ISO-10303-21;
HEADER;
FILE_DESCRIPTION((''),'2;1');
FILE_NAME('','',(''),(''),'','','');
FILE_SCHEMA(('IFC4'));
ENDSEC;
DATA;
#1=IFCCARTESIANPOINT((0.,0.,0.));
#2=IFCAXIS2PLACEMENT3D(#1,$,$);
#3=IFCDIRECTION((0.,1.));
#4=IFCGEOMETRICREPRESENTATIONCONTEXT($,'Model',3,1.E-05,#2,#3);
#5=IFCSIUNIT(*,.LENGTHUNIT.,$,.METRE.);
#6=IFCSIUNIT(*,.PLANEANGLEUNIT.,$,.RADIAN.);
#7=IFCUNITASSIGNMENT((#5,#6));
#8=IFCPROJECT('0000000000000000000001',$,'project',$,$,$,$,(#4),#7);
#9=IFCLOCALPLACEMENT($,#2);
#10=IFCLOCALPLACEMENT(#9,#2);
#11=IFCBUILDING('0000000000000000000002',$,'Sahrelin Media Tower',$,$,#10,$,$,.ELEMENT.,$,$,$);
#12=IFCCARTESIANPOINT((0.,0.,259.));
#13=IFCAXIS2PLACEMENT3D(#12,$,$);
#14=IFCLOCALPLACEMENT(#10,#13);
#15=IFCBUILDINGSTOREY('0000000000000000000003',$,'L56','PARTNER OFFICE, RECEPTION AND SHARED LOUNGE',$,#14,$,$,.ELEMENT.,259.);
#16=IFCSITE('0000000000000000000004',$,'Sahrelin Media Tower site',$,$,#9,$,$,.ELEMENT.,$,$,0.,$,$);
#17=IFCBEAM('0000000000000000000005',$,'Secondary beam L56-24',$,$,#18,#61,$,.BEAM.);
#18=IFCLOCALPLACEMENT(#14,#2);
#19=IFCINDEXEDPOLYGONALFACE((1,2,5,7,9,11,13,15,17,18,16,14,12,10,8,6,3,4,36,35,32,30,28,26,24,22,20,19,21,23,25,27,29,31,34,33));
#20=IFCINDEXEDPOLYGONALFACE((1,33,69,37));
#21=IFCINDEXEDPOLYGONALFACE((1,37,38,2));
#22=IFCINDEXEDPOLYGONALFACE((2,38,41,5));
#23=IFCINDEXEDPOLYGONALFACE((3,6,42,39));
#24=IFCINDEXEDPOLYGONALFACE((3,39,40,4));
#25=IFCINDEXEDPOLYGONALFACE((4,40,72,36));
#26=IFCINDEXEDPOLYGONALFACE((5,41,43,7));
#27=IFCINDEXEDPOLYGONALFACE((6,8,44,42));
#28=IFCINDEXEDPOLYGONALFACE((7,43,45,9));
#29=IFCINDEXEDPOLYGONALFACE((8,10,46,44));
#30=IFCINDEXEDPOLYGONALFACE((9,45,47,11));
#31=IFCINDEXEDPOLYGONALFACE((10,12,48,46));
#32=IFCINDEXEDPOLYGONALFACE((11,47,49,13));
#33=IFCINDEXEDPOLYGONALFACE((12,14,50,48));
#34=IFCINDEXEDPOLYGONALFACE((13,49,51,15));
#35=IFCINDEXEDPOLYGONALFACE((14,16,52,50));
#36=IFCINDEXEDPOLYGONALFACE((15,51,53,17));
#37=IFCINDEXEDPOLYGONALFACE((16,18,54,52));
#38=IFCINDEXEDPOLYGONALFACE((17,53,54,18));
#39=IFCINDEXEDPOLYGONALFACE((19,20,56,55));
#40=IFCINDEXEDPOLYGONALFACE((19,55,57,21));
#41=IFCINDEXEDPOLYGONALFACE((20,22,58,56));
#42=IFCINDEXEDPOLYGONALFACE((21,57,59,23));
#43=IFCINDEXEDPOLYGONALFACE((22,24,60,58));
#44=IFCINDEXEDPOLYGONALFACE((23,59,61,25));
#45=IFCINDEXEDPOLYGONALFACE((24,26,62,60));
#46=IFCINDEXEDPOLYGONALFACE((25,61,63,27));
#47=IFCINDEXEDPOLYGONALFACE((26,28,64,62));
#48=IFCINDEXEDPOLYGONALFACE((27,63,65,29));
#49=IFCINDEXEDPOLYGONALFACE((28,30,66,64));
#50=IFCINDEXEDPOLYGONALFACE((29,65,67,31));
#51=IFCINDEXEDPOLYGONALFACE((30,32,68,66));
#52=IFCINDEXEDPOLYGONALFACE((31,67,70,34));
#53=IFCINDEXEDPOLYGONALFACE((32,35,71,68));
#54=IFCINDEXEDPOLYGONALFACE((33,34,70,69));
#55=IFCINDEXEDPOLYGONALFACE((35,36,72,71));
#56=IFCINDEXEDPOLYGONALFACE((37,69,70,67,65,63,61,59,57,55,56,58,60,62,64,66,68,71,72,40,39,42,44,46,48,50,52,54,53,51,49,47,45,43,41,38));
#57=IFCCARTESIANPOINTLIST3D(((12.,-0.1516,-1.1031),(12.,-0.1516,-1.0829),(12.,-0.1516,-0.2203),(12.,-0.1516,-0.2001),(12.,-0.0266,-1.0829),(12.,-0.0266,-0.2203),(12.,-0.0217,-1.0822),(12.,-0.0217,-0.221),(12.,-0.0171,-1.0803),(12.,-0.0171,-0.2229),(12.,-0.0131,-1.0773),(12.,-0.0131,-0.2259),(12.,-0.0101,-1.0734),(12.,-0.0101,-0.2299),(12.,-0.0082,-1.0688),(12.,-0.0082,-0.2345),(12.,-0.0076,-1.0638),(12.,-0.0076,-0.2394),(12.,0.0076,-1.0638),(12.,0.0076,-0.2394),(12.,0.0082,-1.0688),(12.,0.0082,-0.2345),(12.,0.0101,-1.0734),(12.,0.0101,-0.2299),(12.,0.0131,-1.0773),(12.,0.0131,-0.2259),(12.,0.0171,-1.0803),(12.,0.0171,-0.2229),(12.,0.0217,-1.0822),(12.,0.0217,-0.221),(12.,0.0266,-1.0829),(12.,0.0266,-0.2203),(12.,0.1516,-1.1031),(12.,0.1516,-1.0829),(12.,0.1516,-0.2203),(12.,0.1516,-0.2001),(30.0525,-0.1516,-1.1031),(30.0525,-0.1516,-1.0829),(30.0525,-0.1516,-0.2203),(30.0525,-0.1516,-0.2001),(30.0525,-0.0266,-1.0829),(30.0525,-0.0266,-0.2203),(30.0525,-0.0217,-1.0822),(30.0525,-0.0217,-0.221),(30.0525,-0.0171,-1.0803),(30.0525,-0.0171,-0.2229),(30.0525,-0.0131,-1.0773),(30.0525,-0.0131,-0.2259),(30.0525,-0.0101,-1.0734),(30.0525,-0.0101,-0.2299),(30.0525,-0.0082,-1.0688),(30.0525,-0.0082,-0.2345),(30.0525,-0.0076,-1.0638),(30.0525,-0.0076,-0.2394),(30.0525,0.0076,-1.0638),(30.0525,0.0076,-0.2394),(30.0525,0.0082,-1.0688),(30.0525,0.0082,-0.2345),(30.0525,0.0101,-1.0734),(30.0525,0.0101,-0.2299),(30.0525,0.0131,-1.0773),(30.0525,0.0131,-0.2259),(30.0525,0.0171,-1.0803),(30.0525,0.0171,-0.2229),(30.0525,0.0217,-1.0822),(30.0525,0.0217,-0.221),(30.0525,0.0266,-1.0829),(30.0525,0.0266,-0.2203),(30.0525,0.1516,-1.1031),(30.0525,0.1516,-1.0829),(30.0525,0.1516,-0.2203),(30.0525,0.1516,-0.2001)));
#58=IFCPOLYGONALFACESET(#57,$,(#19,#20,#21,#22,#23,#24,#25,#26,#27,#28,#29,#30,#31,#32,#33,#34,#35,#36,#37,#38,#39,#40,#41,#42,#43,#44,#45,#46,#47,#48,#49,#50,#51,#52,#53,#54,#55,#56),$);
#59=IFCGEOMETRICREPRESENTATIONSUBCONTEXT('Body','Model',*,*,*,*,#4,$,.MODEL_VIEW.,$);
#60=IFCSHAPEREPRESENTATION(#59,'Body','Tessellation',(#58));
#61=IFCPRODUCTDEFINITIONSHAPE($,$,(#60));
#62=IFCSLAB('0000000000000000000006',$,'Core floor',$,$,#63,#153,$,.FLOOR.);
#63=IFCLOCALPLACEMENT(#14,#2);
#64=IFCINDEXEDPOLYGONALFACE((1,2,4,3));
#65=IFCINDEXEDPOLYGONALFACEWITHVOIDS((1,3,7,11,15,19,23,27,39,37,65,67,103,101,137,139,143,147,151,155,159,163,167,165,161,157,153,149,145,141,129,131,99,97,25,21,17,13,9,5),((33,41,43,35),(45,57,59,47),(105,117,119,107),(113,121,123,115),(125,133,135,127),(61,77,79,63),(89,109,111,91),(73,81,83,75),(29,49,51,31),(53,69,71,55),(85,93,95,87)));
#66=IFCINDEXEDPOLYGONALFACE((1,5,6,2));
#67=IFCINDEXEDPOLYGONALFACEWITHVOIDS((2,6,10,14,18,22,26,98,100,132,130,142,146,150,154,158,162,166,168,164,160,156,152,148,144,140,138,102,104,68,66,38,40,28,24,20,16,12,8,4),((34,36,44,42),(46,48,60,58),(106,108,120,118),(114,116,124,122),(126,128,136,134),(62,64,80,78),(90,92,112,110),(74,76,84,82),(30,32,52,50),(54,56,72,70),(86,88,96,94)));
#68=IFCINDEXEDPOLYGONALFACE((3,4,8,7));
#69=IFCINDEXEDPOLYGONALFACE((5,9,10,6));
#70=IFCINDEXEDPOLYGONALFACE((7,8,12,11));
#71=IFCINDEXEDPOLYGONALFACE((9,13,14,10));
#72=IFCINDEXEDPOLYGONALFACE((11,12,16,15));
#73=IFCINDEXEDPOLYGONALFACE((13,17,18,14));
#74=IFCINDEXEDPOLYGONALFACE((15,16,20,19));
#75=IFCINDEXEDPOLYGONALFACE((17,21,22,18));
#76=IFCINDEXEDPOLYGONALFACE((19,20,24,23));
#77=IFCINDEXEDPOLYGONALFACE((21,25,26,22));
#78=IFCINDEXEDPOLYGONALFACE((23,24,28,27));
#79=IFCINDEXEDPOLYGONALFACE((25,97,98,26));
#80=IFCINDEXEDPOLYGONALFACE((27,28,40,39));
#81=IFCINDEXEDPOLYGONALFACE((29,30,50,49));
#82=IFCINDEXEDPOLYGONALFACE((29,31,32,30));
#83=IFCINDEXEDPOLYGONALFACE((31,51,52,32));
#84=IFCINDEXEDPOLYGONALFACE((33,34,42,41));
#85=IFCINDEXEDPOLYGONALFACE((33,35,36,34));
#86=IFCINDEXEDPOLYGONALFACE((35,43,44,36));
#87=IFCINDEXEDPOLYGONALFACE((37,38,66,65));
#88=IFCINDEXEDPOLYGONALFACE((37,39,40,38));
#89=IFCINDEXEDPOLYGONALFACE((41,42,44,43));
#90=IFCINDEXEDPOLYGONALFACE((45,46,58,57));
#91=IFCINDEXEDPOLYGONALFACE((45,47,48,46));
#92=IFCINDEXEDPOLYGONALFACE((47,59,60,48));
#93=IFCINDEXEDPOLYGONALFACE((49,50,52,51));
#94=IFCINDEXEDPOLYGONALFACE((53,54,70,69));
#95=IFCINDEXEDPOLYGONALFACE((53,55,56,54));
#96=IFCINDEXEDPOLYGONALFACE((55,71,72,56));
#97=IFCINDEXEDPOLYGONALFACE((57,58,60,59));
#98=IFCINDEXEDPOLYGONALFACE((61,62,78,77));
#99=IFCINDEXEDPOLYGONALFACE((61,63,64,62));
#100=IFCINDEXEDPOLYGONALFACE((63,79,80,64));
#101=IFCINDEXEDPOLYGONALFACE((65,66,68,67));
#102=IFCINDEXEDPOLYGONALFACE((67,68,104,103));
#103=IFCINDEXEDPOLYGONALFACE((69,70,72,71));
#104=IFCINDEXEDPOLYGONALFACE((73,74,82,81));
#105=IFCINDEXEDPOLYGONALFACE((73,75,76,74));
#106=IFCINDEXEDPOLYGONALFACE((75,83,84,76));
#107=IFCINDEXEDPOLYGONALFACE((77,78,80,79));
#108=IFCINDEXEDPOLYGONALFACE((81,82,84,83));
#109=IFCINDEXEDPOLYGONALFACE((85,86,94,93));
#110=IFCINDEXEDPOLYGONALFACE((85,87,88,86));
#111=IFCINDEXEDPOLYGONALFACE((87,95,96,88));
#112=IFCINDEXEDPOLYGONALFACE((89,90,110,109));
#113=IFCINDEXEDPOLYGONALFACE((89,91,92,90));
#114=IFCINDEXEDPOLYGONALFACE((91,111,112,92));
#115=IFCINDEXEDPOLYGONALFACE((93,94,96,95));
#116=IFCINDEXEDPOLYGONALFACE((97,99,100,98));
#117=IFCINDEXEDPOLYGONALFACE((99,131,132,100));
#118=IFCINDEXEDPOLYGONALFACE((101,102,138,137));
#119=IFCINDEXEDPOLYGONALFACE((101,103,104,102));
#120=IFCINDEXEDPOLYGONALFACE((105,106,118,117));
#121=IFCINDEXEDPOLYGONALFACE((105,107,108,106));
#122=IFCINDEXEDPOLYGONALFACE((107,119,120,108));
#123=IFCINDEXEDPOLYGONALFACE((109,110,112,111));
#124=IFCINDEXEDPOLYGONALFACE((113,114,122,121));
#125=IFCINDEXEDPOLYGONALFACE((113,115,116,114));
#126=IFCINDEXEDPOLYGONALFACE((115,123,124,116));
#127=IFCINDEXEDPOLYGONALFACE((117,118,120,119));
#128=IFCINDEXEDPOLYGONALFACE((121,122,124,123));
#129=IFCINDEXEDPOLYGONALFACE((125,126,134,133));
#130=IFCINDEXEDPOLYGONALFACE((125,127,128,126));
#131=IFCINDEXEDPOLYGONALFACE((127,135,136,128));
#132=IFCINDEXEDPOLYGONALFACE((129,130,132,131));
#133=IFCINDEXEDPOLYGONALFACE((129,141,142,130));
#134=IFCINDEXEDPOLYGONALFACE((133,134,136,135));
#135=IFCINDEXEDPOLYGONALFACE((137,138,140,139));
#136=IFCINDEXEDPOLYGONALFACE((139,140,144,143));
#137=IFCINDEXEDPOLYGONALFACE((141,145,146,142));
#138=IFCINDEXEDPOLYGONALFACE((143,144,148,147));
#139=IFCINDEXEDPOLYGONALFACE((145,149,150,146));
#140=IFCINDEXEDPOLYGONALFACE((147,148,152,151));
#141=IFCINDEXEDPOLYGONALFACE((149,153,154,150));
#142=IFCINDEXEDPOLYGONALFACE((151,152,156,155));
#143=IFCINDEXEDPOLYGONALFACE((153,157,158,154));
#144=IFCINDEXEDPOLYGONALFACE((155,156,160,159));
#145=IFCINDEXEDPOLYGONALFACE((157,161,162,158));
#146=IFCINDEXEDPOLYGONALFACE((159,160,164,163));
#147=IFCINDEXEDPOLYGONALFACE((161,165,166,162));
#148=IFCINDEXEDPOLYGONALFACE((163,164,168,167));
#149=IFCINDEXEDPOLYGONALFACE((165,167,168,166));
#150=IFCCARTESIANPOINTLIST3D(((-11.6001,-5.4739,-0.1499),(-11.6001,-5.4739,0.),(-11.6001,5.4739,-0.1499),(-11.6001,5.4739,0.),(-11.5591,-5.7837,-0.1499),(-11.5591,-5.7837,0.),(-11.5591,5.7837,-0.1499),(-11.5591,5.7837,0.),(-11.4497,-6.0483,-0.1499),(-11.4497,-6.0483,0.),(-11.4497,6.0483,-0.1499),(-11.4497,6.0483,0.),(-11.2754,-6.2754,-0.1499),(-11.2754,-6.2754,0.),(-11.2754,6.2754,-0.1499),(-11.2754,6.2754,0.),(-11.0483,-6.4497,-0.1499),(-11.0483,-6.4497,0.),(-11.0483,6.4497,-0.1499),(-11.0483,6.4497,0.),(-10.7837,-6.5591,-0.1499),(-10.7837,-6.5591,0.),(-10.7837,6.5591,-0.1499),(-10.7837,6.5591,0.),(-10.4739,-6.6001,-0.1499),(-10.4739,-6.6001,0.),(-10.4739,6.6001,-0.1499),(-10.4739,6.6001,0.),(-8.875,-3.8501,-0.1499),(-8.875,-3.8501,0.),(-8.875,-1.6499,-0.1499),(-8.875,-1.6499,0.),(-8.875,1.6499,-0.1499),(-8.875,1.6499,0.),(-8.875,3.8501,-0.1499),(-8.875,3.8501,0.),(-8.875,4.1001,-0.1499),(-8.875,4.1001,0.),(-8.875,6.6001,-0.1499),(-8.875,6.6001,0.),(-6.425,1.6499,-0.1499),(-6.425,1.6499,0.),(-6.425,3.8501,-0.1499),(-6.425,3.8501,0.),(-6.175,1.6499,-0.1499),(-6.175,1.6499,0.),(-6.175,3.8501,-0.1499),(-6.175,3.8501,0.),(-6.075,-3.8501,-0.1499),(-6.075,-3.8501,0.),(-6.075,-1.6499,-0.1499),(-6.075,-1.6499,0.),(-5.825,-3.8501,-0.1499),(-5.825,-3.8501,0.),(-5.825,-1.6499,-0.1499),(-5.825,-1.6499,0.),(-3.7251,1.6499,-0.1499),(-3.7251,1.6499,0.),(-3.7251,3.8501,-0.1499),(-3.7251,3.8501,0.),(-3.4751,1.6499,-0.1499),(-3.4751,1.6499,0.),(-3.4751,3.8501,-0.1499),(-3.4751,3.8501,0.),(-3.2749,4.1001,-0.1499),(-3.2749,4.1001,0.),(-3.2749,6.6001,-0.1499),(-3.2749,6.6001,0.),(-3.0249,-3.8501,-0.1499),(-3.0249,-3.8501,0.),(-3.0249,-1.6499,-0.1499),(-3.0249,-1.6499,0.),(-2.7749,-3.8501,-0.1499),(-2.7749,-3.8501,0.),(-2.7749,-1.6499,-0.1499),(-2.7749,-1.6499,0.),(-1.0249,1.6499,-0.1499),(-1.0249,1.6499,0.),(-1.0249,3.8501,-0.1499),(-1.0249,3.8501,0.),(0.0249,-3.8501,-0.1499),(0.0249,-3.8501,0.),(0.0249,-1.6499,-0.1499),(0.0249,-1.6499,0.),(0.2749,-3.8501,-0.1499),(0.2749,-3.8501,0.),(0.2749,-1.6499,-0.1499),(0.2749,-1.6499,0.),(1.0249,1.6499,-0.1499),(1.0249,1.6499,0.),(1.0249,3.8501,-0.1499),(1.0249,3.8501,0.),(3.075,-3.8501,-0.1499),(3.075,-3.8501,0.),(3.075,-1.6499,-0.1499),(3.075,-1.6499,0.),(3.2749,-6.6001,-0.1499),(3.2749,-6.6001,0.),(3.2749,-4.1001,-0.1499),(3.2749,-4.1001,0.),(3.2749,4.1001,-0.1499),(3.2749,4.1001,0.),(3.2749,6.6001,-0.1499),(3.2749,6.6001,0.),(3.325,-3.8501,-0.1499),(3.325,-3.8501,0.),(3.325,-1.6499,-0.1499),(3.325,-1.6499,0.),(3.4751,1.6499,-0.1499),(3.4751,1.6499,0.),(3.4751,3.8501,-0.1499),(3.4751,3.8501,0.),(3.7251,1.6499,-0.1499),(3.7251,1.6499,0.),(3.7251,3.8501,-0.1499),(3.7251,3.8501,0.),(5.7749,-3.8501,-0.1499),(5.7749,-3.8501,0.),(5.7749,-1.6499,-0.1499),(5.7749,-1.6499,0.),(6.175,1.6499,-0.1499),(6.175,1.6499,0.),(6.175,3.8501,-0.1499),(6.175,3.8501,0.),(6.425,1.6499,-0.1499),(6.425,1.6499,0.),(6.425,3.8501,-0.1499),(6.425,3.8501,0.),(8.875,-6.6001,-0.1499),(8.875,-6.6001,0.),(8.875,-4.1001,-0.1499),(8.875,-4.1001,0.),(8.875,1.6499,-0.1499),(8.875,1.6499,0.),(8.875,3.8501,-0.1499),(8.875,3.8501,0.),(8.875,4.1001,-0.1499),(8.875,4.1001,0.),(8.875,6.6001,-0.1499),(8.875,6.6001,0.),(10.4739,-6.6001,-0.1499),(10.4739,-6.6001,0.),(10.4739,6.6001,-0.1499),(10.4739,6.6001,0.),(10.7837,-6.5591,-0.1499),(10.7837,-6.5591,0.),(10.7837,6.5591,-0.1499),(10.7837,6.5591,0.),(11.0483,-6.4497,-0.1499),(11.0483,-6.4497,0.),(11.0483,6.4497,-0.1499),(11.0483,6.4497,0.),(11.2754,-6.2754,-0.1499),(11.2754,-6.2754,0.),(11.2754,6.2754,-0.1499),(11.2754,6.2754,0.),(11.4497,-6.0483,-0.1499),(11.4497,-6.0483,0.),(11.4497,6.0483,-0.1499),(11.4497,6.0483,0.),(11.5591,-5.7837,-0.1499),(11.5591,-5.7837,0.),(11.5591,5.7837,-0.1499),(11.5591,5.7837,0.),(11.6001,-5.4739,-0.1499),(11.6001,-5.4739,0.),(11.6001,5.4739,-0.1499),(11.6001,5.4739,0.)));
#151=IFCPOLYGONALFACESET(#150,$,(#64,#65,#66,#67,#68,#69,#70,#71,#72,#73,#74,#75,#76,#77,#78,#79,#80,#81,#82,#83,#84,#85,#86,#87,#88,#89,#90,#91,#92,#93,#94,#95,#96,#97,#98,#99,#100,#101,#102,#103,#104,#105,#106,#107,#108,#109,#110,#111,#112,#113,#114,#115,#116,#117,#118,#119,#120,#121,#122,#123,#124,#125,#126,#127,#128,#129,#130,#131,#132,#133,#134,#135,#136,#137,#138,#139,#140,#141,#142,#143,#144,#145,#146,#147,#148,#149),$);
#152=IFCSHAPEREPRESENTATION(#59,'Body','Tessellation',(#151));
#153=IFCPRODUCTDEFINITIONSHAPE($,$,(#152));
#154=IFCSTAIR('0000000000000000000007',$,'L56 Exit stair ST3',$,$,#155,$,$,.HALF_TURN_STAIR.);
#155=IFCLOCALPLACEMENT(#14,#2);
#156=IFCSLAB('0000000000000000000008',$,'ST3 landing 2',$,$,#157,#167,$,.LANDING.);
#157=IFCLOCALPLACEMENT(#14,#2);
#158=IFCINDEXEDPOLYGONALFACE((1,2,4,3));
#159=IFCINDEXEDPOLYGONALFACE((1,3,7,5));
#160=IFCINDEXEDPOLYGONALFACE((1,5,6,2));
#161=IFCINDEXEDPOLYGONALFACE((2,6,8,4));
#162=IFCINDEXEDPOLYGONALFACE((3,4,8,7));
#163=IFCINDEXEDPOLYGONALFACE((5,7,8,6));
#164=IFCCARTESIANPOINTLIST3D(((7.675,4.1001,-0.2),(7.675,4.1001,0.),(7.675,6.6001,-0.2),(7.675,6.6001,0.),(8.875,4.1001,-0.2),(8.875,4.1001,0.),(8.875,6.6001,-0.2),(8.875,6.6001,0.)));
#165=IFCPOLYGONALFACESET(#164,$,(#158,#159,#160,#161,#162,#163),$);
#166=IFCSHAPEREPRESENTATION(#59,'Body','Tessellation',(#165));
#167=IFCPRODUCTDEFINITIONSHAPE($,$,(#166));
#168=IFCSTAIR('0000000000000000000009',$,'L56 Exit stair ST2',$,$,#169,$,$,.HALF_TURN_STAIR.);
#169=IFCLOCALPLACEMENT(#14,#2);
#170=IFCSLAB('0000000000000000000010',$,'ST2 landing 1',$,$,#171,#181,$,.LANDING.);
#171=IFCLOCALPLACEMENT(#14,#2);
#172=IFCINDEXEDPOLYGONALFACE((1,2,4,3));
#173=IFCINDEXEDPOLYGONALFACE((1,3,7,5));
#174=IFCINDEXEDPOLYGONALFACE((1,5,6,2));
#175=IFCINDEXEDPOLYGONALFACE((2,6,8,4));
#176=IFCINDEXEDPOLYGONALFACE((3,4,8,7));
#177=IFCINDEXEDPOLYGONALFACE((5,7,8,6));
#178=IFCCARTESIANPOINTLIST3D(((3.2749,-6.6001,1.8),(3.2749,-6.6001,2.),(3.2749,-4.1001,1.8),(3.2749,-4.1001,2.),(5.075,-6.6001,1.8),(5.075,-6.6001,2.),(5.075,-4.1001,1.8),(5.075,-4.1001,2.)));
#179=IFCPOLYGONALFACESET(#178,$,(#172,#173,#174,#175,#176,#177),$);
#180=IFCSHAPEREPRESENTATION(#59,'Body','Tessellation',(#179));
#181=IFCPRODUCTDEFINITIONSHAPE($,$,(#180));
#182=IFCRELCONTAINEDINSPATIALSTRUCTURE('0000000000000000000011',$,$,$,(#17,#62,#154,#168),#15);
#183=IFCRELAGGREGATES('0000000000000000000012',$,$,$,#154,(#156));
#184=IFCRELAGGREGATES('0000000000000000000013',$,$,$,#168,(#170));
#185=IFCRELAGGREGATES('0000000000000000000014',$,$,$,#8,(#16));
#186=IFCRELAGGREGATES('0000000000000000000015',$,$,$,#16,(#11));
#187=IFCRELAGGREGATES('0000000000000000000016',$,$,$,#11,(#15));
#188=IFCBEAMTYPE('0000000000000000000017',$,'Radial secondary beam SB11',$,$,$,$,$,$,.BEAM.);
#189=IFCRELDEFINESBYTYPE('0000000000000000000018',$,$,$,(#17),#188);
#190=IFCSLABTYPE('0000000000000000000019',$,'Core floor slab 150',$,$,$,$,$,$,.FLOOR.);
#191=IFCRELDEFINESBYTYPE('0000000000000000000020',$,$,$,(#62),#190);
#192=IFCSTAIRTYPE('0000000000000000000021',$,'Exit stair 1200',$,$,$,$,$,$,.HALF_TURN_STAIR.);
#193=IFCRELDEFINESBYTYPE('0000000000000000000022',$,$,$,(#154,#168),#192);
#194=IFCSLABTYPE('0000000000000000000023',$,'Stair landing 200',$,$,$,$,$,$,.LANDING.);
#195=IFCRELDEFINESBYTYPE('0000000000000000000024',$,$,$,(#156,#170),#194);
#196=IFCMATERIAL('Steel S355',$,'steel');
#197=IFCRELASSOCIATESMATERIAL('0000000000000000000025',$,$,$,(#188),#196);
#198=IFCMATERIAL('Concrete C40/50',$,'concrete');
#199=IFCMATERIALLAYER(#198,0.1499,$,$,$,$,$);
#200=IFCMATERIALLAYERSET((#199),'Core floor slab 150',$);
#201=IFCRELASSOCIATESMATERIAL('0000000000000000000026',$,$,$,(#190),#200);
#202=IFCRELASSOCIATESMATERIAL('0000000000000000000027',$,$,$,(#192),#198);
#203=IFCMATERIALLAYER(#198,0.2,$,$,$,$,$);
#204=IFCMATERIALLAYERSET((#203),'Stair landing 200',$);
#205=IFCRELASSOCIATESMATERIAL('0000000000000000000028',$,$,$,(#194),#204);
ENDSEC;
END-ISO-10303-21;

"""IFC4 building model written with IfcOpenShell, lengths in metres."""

from ifc_helpers import new_model, si_unit, direction, frame, origin, origin_2d, place, context, subcontext, project, spatial, polyline, i_section, outline, extrude, material, layer, layer_set, material_profile, profile_set, type_object, element, aggregate, save


model = new_model("IFC4")

# Units and contexts
model_context = context("Model", 3, precision=1e-05, world=origin(), true_north=direction((0.0, 1.0)))
body_context = subcontext(model_context, "Body", "Model", "MODEL_VIEW")
ifc_project = project(units=[si_unit("LENGTHUNIT", "METRE"), si_unit("PLANEANGLEUNIT", "RADIAN")], contexts=[model_context])

# Site, building, storey
site_placement = place(None, origin())
site = spatial("IfcSite", under=ifc_project, at=site_placement, Name="Sahrelin Media Tower site", CompositionType="ELEMENT", RefElevation=0.0)
building_placement = place(site_placement, origin())
building = spatial("IfcBuilding", under=site, at=building_placement, Name="Sahrelin Media Tower", CompositionType="ELEMENT")
storey_placement = place(building_placement, frame((0.0, 0.0, 259.0)))
storey = spatial("IfcBuildingStorey", under=building, at=storey_placement, Name="L56", Description="PARTNER OFFICE, RECEPTION AND SHARED LOUNGE", CompositionType="ELEMENT", Elevation=259.0)

# Beam
ifc_material_1 = material(Name="Steel S355", Category="steel")
ifc_material_profile_1 = material_profile(ifc_material_1, i_section(OverallWidth=0.3032, OverallDepth=0.9031, WebThickness=0.0151, FlangeThickness=0.0203, FilletRadius=0.019, at=origin_2d()), Name="UB 914x305x201")
ifc_profile_set_1 = profile_set([ifc_material_profile_1], Name="Steel S355")
beam_type_1 = type_object("IfcBeamType", Name="Radial secondary beam SB11", PredefinedType="BEAM", material=ifc_profile_set_1)
beam_1_placement = place(storey_placement, frame((12.0, 0.0, -0.6516), z_axis=(1.0, 0.0, 0.0), x_axis=(0.0, 1.0, 0.0)))
element("IfcBeam", 1, at=beam_1_placement, inside=storey, type_object=beam_type_1, Name="Secondary beam L56-24", PredefinedType="BEAM", context=body_context, shape_type="SweptSolid", body=[
    extrude(i_section(OverallWidth=0.3032, OverallDepth=0.9031, WebThickness=0.0151, FlangeThickness=0.0203, FilletRadius=0.019, at=origin_2d()), origin(), (0.0, 0.0, 1.0), 18.0525),
])

# Slab
ifc_material_2 = material(Name="Concrete C40/50", Category="concrete")
ifc_layer_1 = layer(ifc_material_2, 0.1499)
ifc_layer_set_1 = layer_set([ifc_layer_1], Name="Core floor slab 150")
slab_type_1 = type_object("IfcSlabType", Name="Core floor slab 150", PredefinedType="FLOOR", material=ifc_layer_set_1)
slab_1_placement = place(storey_placement, frame((0.0, 0.0, -0.1499)))
element("IfcSlab", 2, at=slab_1_placement, inside=storey, type_object=slab_type_1, Name="Core floor", PredefinedType="FLOOR", context=body_context, shape_type="SweptSolid", body=[
    extrude(outline(polyline([(-11.6001, -5.4739), (-11.5591, -5.7837), (-11.4497, -6.0483), (-11.2754, -6.2754), (-11.0483, -6.4497), (-10.7837, -6.5591), (-10.4739, -6.6001), (3.2749, -6.6001), (3.2749, -4.1001), (8.875, -4.1001), (8.875, -6.6001), (10.4739, -6.6001), (10.7837, -6.5591), (11.0483, -6.4497), (11.2754, -6.2754), (11.4497, -6.0483), (11.5591, -5.7837), (11.6001, -5.4739), (11.6001, 5.4739), (11.5591, 5.7837), (11.4497, 6.0483), (11.2754, 6.2754), (11.0483, 6.4497), (10.7837, 6.5591), (10.4739, 6.6001), (8.875, 6.6001), (8.875, 4.1001), (3.2749, 4.1001), (3.2749, 6.6001), (-3.2749, 6.6001), (-3.2749, 4.1001), (-8.875, 4.1001), (-8.875, 6.6001), (-10.4739, 6.6001), (-10.7837, 6.5591), (-11.0483, 6.4497), (-11.2754, 6.2754), (-11.4497, 6.0483), (-11.5591, 5.7837), (-11.6001, 5.4739), (-11.6001, -5.4739)]), holes=[polyline([(-8.875, 3.8501), (-8.875, 1.6499), (-6.425, 1.6499), (-6.425, 3.8501), (-8.875, 3.8501)]), polyline([(-3.7251, 3.8501), (-6.175, 3.8501), (-6.175, 1.6499), (-3.7251, 1.6499), (-3.7251, 3.8501)]), polyline([(-1.0249, 1.6499), (-1.0249, 3.8501), (-3.4751, 3.8501), (-3.4751, 1.6499), (-1.0249, 1.6499)]), polyline([(1.0249, 1.6499), (3.4751, 1.6499), (3.4751, 3.8501), (1.0249, 3.8501), (1.0249, 1.6499)]), polyline([(3.7251, 3.8501), (3.7251, 1.6499), (6.175, 1.6499), (6.175, 3.8501), (3.7251, 3.8501)]), polyline([(8.875, 3.8501), (6.425, 3.8501), (6.425, 1.6499), (8.875, 1.6499), (8.875, 3.8501)]), polyline([(-6.075, -3.8501), (-6.075, -1.6499), (-8.875, -1.6499), (-8.875, -3.8501), (-6.075, -3.8501)]), polyline([(-5.825, -3.8501), (-3.0249, -3.8501), (-3.0249, -1.6499), (-5.825, -1.6499), (-5.825, -3.8501)]), polyline([(-2.7749, -1.6499), (-2.7749, -3.8501), (0.0249, -3.8501), (0.0249, -1.6499), (-2.7749, -1.6499)]), polyline([(3.075, -1.6499), (0.2749, -1.6499), (0.2749, -3.8501), (3.075, -3.8501), (3.075, -1.6499)]), polyline([(5.7749, -3.8501), (5.7749, -1.6499), (3.325, -1.6499), (3.325, -3.8501), (5.7749, -3.8501)])]), origin(), (0.0, 0.0, 1.0), 0.1499),
])

# Stair, slab
stair_type = type_object("IfcStairType", Name="Exit stair 1200", PredefinedType="HALF_TURN_STAIR", material=ifc_material_2)
placement_1 = place(storey_placement, origin())
stair_1 = element("IfcStair", 3, at=placement_1, inside=storey, type_object=stair_type, Name="L56 Exit stair ST3", PredefinedType="HALF_TURN_STAIR")
ifc_layer_2 = layer(ifc_material_2, 0.2)
ifc_layer_set_2 = layer_set([ifc_layer_2], Name="Stair landing 200")
slab_type_2 = type_object("IfcSlabType", Name="Stair landing 200", PredefinedType="LANDING", material=ifc_layer_set_2)
placement_2 = place(storey_placement, frame((0.0, 0.0, -0.2)))
slab_2 = element("IfcSlab", 4, at=placement_2, type_object=slab_type_2, Name="ST3 landing 2", PredefinedType="LANDING", context=body_context, shape_type="SweptSolid", body=[
    extrude(outline(polyline([(8.875, 6.6001), (7.675, 6.6001), (7.675, 4.1001), (8.875, 4.1001), (8.875, 6.6001)])), origin(), (0.0, 0.0, 1.0), 0.2),
])
aggregate(stair_1, [slab_2])

# Stair, slab
stair_2 = element("IfcStair", 5, at=placement_1, inside=storey, type_object=stair_type, Name="L56 Exit stair ST2", PredefinedType="HALF_TURN_STAIR")
slab_3_placement = place(storey_placement, frame((0.0, 0.0, 1.8)))
slab_3 = element("IfcSlab", 6, at=slab_3_placement, type_object=slab_type_2, Name="ST2 landing 1", PredefinedType="LANDING", context=body_context, shape_type="SweptSolid", body=[
    extrude(outline(polyline([(5.075, -4.1001), (3.2749, -4.1001), (3.2749, -6.6001), (5.075, -6.6001), (5.075, -4.1001)])), origin(), (0.0, 0.0, 1.0), 0.2),
])
aggregate(stair_2, [slab_3])

save(model, "model.ifc")
